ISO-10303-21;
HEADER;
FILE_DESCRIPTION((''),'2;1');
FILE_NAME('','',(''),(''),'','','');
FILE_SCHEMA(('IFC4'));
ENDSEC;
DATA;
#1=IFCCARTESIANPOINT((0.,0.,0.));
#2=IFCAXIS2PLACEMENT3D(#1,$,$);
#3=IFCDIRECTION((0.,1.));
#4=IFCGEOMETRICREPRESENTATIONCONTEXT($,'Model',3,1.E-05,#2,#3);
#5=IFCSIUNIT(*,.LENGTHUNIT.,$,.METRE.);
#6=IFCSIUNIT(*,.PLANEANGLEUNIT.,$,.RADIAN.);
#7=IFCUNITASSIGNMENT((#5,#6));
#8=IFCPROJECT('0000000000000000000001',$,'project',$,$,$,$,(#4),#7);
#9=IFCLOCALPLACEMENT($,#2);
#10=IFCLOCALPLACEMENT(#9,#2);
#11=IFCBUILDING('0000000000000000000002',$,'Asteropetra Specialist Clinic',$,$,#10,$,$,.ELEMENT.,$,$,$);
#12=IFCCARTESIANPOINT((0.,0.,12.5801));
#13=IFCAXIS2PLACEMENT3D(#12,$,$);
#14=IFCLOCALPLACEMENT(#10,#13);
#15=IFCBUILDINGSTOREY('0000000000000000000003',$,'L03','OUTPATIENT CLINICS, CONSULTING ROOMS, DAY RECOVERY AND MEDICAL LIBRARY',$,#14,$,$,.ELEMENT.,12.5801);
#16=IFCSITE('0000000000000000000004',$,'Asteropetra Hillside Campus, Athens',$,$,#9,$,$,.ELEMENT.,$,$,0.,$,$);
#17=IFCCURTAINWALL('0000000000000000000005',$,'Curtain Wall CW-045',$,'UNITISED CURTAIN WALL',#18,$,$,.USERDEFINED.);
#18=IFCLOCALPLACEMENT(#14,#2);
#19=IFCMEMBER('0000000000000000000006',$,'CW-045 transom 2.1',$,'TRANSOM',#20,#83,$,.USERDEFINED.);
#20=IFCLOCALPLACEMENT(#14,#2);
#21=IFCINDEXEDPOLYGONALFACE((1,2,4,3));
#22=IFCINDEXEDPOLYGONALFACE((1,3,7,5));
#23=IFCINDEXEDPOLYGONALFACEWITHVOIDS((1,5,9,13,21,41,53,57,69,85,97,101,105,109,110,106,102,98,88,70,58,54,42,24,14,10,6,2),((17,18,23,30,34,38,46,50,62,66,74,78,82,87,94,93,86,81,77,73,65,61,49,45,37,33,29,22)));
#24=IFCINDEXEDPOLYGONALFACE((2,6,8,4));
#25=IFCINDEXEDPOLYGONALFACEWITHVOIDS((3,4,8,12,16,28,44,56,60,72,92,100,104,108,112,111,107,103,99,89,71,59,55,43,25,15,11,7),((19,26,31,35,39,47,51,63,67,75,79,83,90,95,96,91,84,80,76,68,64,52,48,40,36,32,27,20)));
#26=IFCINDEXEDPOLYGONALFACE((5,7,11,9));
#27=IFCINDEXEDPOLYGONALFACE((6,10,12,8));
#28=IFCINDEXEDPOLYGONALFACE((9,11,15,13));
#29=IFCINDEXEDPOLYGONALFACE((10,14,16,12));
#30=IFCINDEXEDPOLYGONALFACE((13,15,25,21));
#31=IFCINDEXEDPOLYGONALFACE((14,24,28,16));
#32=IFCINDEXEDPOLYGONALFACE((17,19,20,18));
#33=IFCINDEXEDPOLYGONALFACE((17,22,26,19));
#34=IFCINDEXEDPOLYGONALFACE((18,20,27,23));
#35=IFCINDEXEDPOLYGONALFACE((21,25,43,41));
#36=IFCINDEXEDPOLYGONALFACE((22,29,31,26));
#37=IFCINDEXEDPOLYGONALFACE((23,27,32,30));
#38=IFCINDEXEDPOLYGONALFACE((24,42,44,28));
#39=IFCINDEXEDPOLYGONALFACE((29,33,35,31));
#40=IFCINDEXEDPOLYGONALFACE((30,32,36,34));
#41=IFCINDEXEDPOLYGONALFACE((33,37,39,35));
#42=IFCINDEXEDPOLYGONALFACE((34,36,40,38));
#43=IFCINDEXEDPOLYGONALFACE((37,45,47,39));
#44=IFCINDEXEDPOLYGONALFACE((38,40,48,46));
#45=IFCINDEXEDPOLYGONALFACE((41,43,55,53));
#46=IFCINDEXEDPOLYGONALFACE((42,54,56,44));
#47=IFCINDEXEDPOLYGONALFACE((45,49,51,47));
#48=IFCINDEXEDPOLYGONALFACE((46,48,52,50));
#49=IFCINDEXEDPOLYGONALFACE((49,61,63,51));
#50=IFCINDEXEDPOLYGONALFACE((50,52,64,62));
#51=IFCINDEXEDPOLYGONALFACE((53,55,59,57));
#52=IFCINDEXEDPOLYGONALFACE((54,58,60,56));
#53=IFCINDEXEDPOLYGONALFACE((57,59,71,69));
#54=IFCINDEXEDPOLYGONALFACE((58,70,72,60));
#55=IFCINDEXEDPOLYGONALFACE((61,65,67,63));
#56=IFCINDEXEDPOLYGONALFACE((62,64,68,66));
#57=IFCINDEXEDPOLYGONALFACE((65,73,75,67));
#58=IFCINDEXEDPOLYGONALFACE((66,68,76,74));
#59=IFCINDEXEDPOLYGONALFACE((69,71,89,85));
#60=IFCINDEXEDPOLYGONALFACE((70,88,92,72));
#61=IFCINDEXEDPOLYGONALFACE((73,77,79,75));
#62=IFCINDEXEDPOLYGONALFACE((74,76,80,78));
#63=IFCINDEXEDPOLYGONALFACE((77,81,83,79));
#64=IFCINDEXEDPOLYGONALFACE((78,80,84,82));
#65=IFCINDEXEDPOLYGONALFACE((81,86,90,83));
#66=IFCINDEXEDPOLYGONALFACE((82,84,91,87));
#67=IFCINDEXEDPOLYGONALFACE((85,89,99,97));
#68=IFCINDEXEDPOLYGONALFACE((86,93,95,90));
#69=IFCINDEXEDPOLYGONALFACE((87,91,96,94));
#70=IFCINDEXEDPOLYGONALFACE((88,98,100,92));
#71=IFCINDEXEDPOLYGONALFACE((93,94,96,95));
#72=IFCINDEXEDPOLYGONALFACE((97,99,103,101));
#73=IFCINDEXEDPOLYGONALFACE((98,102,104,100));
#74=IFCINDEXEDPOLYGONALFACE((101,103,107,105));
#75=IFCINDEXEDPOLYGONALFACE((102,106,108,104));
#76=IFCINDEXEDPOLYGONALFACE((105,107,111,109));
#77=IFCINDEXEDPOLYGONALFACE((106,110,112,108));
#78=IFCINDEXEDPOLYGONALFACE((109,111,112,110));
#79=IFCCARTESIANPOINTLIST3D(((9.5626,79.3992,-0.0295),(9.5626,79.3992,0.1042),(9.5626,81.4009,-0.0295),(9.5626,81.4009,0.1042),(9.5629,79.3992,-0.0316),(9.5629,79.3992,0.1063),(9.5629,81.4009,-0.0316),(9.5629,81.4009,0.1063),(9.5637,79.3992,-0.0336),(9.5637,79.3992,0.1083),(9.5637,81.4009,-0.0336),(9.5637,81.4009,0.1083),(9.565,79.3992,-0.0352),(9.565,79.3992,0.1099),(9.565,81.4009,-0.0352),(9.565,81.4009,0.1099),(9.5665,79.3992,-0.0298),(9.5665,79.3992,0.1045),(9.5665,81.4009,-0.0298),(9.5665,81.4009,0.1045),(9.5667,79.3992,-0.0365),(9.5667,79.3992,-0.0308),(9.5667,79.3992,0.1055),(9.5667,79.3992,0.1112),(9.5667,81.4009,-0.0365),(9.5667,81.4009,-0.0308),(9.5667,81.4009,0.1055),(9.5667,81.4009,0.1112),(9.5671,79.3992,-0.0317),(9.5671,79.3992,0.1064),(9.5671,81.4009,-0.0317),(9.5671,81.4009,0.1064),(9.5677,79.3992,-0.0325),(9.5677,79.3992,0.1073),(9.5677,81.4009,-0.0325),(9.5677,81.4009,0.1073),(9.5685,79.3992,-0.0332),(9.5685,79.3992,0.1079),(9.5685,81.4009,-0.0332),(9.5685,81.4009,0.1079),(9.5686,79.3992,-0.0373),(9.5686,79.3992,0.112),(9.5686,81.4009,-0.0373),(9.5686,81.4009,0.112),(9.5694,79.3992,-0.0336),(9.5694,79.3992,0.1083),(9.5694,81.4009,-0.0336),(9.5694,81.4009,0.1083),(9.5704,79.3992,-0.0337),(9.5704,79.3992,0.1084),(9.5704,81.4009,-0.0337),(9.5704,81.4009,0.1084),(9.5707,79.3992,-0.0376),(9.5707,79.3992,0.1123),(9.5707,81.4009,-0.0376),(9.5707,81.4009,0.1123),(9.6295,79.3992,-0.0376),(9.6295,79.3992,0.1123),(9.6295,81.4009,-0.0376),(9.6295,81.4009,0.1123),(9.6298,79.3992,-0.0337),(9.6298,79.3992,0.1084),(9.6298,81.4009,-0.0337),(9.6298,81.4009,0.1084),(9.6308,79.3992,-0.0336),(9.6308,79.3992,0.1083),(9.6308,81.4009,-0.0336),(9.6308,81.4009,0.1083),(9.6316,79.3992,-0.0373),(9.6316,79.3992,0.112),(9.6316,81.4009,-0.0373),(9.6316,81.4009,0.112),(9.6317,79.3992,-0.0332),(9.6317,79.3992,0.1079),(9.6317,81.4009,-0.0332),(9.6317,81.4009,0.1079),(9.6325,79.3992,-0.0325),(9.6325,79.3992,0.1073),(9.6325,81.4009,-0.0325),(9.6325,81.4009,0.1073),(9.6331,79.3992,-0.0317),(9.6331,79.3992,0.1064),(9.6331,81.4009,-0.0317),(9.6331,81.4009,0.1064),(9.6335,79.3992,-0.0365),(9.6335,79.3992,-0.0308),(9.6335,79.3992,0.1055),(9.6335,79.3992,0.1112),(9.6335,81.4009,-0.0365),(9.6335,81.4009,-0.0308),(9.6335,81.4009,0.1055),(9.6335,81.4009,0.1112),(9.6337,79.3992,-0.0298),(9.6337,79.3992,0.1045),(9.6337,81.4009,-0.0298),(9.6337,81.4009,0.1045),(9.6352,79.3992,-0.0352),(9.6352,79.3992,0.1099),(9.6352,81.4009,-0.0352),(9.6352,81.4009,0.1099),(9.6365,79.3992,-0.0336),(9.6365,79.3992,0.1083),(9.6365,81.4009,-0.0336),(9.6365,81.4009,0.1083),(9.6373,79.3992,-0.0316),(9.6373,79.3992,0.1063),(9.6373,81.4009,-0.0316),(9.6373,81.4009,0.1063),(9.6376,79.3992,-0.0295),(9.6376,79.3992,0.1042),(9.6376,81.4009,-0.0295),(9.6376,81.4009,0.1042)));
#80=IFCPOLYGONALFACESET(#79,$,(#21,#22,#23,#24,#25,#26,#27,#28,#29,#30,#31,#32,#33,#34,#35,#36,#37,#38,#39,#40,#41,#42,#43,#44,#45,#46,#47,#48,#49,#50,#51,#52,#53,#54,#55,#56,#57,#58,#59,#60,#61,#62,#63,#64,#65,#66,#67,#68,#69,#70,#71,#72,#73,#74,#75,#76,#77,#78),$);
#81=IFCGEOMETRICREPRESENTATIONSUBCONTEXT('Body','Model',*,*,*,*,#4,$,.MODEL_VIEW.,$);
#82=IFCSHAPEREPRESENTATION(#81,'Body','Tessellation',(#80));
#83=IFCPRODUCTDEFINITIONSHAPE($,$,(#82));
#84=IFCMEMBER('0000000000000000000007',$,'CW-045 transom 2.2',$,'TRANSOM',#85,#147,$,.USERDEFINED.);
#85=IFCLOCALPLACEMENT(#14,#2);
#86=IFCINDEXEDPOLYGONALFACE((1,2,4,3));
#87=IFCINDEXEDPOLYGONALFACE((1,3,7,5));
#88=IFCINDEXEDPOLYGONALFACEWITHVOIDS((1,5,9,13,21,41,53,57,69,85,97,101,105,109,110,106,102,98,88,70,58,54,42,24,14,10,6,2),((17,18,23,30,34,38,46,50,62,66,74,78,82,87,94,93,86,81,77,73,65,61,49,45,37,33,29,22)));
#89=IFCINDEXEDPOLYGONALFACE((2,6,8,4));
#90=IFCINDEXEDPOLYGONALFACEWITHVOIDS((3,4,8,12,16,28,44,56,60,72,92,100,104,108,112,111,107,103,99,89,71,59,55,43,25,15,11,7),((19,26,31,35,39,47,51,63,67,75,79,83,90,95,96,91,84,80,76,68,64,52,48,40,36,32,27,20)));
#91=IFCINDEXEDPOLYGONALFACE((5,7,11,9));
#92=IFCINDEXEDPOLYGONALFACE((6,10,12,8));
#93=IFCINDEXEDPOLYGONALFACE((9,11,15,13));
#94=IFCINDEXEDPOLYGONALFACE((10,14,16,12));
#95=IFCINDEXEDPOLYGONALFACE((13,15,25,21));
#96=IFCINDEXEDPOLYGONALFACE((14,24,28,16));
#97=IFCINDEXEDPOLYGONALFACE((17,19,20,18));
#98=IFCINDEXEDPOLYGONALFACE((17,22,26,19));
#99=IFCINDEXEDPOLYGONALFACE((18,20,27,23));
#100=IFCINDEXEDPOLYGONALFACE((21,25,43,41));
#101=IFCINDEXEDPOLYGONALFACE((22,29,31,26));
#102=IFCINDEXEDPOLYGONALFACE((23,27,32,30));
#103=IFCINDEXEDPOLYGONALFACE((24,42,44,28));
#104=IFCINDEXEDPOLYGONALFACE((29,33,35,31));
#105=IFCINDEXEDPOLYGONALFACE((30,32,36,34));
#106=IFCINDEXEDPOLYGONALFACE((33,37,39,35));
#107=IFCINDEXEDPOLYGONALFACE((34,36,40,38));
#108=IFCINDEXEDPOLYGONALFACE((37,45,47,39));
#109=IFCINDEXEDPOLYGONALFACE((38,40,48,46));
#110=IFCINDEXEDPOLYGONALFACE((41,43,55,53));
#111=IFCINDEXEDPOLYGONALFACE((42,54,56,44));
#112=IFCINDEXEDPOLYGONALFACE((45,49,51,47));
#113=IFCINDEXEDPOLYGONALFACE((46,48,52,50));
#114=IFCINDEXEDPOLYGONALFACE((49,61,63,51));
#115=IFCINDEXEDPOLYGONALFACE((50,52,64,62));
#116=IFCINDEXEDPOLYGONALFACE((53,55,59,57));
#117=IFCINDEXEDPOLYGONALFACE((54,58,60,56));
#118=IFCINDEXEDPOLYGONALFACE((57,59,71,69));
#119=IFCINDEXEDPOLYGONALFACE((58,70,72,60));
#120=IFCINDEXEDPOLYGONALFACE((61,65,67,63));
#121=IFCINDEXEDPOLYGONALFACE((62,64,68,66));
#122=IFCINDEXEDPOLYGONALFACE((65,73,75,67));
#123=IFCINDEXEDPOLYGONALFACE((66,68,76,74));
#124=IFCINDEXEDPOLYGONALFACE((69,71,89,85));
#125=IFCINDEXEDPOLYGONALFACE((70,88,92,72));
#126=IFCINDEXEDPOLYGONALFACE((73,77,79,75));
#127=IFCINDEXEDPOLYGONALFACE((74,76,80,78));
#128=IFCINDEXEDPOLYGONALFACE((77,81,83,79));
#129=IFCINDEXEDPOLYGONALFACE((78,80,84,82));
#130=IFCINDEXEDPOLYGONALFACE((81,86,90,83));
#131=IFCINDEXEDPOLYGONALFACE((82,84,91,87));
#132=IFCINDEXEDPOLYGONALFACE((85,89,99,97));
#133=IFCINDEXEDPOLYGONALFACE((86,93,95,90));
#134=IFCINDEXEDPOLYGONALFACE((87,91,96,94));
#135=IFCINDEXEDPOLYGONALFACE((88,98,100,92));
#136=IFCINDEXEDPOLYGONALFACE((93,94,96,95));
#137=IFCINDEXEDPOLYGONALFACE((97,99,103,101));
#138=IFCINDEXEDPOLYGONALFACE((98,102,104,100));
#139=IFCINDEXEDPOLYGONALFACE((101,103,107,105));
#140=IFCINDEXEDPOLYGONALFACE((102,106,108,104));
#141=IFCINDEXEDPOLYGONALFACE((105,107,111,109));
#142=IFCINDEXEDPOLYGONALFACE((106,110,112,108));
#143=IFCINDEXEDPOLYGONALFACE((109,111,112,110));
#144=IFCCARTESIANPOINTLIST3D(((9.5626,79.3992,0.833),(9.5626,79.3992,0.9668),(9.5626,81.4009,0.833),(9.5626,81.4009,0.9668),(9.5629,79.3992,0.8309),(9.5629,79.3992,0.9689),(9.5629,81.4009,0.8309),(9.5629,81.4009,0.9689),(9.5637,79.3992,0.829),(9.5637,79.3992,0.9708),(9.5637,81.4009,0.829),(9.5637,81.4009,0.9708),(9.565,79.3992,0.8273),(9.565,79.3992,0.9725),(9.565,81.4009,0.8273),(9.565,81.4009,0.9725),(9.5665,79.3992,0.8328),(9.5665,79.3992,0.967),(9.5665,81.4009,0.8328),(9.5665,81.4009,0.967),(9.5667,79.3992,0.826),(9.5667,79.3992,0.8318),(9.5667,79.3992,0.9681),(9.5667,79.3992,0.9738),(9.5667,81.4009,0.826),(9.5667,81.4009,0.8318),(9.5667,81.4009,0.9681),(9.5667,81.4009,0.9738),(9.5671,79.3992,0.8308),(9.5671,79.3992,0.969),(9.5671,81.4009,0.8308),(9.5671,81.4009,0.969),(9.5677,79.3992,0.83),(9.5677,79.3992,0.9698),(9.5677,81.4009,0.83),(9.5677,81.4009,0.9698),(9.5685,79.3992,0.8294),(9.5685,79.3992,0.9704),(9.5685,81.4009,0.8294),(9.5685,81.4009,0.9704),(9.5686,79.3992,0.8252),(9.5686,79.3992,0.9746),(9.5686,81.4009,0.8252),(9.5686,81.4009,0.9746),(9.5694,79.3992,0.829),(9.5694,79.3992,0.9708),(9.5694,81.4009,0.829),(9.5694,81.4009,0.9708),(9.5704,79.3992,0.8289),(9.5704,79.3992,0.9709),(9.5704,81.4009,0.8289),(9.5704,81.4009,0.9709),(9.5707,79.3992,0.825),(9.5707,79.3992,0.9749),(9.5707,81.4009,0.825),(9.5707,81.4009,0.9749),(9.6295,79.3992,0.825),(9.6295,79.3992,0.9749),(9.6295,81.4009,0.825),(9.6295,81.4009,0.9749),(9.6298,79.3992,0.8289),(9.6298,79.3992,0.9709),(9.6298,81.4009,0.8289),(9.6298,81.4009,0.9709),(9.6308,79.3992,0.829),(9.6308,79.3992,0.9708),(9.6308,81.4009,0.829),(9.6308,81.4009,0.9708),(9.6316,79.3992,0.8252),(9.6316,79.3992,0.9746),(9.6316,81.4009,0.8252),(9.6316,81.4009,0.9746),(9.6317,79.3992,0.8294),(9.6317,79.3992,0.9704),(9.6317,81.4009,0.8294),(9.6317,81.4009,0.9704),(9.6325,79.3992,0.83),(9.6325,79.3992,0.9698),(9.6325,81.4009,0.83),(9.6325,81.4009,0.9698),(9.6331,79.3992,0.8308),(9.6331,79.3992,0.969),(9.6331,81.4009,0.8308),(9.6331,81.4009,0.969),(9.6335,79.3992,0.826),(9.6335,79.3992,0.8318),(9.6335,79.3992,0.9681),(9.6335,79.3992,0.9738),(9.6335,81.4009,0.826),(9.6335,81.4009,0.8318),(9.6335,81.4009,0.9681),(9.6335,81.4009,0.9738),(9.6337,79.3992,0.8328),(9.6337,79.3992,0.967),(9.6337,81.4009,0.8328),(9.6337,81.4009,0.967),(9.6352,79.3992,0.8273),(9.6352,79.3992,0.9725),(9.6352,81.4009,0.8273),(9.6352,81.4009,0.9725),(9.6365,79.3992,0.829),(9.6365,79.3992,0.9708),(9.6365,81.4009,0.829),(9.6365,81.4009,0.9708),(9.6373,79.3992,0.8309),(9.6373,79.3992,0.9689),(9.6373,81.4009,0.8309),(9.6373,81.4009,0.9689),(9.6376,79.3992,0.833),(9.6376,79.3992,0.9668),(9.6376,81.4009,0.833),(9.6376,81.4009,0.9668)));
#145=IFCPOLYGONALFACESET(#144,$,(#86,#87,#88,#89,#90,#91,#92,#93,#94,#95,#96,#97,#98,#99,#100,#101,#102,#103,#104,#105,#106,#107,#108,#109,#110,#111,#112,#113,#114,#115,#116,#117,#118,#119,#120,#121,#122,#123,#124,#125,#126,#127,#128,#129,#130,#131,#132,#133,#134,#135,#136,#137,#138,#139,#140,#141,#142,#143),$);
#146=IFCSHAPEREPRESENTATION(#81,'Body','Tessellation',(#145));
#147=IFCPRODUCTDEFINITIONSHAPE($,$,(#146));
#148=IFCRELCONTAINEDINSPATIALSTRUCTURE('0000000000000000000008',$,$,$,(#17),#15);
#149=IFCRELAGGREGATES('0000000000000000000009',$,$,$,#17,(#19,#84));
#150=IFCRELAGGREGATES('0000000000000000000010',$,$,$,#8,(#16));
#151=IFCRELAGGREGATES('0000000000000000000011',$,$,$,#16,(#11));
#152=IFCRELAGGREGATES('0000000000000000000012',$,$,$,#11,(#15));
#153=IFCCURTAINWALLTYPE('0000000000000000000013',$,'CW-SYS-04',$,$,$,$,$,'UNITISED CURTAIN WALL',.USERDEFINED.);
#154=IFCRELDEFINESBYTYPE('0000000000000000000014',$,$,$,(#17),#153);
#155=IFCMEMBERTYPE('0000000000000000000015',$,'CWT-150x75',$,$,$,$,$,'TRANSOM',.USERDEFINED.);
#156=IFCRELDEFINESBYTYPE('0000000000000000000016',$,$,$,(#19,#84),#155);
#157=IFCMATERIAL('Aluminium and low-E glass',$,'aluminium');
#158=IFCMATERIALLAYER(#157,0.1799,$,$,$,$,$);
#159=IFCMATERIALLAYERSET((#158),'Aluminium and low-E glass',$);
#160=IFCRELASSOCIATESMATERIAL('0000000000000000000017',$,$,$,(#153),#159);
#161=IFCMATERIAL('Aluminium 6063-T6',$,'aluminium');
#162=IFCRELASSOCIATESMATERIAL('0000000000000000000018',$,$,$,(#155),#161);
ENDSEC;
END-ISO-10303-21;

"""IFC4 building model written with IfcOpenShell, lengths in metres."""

from ifc_helpers import new_model, si_unit, direction, frame, origin, origin_2d, place, context, subcontext, project, spatial, hollow_rectangle, extrude, material, layer, layer_set, material_profile, profile_set, type_object, element, aggregate, save


model = new_model("IFC4")

# Units and contexts
model_context = context("Model", 3, precision=1e-05, world=origin(), true_north=direction((0.0, 1.0)))
body_context = subcontext(model_context, "Body", "Model", "MODEL_VIEW")
ifc_project = project(units=[si_unit("LENGTHUNIT", "METRE"), si_unit("PLANEANGLEUNIT", "RADIAN")], contexts=[model_context])

# Site, building, storey
site_placement = place(None, origin())
site = spatial("IfcSite", under=ifc_project, at=site_placement, Name="Asteropetra Hillside Campus, Athens", CompositionType="ELEMENT", RefElevation=0.0)
building_placement = place(site_placement, origin())
building = spatial("IfcBuilding", under=site, at=building_placement, Name="Asteropetra Specialist Clinic", CompositionType="ELEMENT")
storey_placement = place(building_placement, frame((0.0, 0.0, 12.5801)))
storey = spatial("IfcBuildingStorey", under=building, at=storey_placement, Name="L03", Description="OUTPATIENT CLINICS, CONSULTING ROOMS, DAY RECOVERY AND MEDICAL LIBRARY", CompositionType="ELEMENT", Elevation=12.5801)

# Curtain wall, members
ifc_material_1 = material(Name="Aluminium and low-E glass", Category="aluminium")
ifc_layer_1 = layer(ifc_material_1, 0.1799)
ifc_layer_set_1 = layer_set([ifc_layer_1], Name="Aluminium and low-E glass")
curtain_wall_type = type_object("IfcCurtainWallType", Name="CW-SYS-04", ElementType="UNITISED CURTAIN WALL", PredefinedType="USERDEFINED", material=ifc_layer_set_1)
curtain_wall_placement = place(storey_placement, origin())
curtain_wall = element("IfcCurtainWall", 1, at=curtain_wall_placement, inside=storey, type_object=curtain_wall_type, Name="Curtain Wall CW-045", ObjectType="UNITISED CURTAIN WALL", PredefinedType="USERDEFINED")
ifc_material_2 = material(Name="Aluminium 6063-T6", Category="aluminium")
ifc_material_profile_1 = material_profile(ifc_material_2, hollow_rectangle(XDim=0.075, YDim=0.1499, WallThickness=0.0039, InnerFilletRadius=0.0039, OuterFilletRadius=0.0081, at=origin_2d()), Name="TRN 150x75x4.0")
ifc_profile_set_1 = profile_set([ifc_material_profile_1], Name="Aluminium 6063-T6")
member_type_1 = type_object("IfcMemberType", Name="CWT-150x75", ElementType="TRANSOM", PredefinedType="USERDEFINED", material=ifc_profile_set_1)
member_1_placement = place(storey_placement, frame((9.6001, 81.4009, 0.0374), z_axis=(0.0, -1.0, 0.0), x_axis=(1.0, 0.0, 0.0)))
member_1 = element("IfcMember", 2, at=member_1_placement, type_object=member_type_1, Name="CW-045 transom 2.1", ObjectType="TRANSOM", PredefinedType="USERDEFINED", context=body_context, shape_type="SweptSolid", body=[
    extrude(hollow_rectangle(XDim=0.075, YDim=0.1499, WallThickness=0.0039, InnerFilletRadius=0.0039, OuterFilletRadius=0.0081, at=origin_2d()), origin(), (0.0, 0.0, 1.0), 2.0017),
])
member_2_placement = place(storey_placement, frame((9.6001, 81.4009, 0.8999), z_axis=(0.0, -1.0, 0.0), x_axis=(1.0, 0.0, 0.0)))
member_2 = element("IfcMember", 3, at=member_2_placement, type_object=member_type_1, Name="CW-045 transom 2.2", ObjectType="TRANSOM", PredefinedType="USERDEFINED", context=body_context, shape_type="SweptSolid", body=[
    extrude(hollow_rectangle(XDim=0.075, YDim=0.1499, WallThickness=0.0039, InnerFilletRadius=0.0039, OuterFilletRadius=0.0081, at=origin_2d()), origin(), (0.0, 0.0, 1.0), 2.0017),
])
aggregate(curtain_wall, [member_1, member_2])

save(model, "model.ifc")
